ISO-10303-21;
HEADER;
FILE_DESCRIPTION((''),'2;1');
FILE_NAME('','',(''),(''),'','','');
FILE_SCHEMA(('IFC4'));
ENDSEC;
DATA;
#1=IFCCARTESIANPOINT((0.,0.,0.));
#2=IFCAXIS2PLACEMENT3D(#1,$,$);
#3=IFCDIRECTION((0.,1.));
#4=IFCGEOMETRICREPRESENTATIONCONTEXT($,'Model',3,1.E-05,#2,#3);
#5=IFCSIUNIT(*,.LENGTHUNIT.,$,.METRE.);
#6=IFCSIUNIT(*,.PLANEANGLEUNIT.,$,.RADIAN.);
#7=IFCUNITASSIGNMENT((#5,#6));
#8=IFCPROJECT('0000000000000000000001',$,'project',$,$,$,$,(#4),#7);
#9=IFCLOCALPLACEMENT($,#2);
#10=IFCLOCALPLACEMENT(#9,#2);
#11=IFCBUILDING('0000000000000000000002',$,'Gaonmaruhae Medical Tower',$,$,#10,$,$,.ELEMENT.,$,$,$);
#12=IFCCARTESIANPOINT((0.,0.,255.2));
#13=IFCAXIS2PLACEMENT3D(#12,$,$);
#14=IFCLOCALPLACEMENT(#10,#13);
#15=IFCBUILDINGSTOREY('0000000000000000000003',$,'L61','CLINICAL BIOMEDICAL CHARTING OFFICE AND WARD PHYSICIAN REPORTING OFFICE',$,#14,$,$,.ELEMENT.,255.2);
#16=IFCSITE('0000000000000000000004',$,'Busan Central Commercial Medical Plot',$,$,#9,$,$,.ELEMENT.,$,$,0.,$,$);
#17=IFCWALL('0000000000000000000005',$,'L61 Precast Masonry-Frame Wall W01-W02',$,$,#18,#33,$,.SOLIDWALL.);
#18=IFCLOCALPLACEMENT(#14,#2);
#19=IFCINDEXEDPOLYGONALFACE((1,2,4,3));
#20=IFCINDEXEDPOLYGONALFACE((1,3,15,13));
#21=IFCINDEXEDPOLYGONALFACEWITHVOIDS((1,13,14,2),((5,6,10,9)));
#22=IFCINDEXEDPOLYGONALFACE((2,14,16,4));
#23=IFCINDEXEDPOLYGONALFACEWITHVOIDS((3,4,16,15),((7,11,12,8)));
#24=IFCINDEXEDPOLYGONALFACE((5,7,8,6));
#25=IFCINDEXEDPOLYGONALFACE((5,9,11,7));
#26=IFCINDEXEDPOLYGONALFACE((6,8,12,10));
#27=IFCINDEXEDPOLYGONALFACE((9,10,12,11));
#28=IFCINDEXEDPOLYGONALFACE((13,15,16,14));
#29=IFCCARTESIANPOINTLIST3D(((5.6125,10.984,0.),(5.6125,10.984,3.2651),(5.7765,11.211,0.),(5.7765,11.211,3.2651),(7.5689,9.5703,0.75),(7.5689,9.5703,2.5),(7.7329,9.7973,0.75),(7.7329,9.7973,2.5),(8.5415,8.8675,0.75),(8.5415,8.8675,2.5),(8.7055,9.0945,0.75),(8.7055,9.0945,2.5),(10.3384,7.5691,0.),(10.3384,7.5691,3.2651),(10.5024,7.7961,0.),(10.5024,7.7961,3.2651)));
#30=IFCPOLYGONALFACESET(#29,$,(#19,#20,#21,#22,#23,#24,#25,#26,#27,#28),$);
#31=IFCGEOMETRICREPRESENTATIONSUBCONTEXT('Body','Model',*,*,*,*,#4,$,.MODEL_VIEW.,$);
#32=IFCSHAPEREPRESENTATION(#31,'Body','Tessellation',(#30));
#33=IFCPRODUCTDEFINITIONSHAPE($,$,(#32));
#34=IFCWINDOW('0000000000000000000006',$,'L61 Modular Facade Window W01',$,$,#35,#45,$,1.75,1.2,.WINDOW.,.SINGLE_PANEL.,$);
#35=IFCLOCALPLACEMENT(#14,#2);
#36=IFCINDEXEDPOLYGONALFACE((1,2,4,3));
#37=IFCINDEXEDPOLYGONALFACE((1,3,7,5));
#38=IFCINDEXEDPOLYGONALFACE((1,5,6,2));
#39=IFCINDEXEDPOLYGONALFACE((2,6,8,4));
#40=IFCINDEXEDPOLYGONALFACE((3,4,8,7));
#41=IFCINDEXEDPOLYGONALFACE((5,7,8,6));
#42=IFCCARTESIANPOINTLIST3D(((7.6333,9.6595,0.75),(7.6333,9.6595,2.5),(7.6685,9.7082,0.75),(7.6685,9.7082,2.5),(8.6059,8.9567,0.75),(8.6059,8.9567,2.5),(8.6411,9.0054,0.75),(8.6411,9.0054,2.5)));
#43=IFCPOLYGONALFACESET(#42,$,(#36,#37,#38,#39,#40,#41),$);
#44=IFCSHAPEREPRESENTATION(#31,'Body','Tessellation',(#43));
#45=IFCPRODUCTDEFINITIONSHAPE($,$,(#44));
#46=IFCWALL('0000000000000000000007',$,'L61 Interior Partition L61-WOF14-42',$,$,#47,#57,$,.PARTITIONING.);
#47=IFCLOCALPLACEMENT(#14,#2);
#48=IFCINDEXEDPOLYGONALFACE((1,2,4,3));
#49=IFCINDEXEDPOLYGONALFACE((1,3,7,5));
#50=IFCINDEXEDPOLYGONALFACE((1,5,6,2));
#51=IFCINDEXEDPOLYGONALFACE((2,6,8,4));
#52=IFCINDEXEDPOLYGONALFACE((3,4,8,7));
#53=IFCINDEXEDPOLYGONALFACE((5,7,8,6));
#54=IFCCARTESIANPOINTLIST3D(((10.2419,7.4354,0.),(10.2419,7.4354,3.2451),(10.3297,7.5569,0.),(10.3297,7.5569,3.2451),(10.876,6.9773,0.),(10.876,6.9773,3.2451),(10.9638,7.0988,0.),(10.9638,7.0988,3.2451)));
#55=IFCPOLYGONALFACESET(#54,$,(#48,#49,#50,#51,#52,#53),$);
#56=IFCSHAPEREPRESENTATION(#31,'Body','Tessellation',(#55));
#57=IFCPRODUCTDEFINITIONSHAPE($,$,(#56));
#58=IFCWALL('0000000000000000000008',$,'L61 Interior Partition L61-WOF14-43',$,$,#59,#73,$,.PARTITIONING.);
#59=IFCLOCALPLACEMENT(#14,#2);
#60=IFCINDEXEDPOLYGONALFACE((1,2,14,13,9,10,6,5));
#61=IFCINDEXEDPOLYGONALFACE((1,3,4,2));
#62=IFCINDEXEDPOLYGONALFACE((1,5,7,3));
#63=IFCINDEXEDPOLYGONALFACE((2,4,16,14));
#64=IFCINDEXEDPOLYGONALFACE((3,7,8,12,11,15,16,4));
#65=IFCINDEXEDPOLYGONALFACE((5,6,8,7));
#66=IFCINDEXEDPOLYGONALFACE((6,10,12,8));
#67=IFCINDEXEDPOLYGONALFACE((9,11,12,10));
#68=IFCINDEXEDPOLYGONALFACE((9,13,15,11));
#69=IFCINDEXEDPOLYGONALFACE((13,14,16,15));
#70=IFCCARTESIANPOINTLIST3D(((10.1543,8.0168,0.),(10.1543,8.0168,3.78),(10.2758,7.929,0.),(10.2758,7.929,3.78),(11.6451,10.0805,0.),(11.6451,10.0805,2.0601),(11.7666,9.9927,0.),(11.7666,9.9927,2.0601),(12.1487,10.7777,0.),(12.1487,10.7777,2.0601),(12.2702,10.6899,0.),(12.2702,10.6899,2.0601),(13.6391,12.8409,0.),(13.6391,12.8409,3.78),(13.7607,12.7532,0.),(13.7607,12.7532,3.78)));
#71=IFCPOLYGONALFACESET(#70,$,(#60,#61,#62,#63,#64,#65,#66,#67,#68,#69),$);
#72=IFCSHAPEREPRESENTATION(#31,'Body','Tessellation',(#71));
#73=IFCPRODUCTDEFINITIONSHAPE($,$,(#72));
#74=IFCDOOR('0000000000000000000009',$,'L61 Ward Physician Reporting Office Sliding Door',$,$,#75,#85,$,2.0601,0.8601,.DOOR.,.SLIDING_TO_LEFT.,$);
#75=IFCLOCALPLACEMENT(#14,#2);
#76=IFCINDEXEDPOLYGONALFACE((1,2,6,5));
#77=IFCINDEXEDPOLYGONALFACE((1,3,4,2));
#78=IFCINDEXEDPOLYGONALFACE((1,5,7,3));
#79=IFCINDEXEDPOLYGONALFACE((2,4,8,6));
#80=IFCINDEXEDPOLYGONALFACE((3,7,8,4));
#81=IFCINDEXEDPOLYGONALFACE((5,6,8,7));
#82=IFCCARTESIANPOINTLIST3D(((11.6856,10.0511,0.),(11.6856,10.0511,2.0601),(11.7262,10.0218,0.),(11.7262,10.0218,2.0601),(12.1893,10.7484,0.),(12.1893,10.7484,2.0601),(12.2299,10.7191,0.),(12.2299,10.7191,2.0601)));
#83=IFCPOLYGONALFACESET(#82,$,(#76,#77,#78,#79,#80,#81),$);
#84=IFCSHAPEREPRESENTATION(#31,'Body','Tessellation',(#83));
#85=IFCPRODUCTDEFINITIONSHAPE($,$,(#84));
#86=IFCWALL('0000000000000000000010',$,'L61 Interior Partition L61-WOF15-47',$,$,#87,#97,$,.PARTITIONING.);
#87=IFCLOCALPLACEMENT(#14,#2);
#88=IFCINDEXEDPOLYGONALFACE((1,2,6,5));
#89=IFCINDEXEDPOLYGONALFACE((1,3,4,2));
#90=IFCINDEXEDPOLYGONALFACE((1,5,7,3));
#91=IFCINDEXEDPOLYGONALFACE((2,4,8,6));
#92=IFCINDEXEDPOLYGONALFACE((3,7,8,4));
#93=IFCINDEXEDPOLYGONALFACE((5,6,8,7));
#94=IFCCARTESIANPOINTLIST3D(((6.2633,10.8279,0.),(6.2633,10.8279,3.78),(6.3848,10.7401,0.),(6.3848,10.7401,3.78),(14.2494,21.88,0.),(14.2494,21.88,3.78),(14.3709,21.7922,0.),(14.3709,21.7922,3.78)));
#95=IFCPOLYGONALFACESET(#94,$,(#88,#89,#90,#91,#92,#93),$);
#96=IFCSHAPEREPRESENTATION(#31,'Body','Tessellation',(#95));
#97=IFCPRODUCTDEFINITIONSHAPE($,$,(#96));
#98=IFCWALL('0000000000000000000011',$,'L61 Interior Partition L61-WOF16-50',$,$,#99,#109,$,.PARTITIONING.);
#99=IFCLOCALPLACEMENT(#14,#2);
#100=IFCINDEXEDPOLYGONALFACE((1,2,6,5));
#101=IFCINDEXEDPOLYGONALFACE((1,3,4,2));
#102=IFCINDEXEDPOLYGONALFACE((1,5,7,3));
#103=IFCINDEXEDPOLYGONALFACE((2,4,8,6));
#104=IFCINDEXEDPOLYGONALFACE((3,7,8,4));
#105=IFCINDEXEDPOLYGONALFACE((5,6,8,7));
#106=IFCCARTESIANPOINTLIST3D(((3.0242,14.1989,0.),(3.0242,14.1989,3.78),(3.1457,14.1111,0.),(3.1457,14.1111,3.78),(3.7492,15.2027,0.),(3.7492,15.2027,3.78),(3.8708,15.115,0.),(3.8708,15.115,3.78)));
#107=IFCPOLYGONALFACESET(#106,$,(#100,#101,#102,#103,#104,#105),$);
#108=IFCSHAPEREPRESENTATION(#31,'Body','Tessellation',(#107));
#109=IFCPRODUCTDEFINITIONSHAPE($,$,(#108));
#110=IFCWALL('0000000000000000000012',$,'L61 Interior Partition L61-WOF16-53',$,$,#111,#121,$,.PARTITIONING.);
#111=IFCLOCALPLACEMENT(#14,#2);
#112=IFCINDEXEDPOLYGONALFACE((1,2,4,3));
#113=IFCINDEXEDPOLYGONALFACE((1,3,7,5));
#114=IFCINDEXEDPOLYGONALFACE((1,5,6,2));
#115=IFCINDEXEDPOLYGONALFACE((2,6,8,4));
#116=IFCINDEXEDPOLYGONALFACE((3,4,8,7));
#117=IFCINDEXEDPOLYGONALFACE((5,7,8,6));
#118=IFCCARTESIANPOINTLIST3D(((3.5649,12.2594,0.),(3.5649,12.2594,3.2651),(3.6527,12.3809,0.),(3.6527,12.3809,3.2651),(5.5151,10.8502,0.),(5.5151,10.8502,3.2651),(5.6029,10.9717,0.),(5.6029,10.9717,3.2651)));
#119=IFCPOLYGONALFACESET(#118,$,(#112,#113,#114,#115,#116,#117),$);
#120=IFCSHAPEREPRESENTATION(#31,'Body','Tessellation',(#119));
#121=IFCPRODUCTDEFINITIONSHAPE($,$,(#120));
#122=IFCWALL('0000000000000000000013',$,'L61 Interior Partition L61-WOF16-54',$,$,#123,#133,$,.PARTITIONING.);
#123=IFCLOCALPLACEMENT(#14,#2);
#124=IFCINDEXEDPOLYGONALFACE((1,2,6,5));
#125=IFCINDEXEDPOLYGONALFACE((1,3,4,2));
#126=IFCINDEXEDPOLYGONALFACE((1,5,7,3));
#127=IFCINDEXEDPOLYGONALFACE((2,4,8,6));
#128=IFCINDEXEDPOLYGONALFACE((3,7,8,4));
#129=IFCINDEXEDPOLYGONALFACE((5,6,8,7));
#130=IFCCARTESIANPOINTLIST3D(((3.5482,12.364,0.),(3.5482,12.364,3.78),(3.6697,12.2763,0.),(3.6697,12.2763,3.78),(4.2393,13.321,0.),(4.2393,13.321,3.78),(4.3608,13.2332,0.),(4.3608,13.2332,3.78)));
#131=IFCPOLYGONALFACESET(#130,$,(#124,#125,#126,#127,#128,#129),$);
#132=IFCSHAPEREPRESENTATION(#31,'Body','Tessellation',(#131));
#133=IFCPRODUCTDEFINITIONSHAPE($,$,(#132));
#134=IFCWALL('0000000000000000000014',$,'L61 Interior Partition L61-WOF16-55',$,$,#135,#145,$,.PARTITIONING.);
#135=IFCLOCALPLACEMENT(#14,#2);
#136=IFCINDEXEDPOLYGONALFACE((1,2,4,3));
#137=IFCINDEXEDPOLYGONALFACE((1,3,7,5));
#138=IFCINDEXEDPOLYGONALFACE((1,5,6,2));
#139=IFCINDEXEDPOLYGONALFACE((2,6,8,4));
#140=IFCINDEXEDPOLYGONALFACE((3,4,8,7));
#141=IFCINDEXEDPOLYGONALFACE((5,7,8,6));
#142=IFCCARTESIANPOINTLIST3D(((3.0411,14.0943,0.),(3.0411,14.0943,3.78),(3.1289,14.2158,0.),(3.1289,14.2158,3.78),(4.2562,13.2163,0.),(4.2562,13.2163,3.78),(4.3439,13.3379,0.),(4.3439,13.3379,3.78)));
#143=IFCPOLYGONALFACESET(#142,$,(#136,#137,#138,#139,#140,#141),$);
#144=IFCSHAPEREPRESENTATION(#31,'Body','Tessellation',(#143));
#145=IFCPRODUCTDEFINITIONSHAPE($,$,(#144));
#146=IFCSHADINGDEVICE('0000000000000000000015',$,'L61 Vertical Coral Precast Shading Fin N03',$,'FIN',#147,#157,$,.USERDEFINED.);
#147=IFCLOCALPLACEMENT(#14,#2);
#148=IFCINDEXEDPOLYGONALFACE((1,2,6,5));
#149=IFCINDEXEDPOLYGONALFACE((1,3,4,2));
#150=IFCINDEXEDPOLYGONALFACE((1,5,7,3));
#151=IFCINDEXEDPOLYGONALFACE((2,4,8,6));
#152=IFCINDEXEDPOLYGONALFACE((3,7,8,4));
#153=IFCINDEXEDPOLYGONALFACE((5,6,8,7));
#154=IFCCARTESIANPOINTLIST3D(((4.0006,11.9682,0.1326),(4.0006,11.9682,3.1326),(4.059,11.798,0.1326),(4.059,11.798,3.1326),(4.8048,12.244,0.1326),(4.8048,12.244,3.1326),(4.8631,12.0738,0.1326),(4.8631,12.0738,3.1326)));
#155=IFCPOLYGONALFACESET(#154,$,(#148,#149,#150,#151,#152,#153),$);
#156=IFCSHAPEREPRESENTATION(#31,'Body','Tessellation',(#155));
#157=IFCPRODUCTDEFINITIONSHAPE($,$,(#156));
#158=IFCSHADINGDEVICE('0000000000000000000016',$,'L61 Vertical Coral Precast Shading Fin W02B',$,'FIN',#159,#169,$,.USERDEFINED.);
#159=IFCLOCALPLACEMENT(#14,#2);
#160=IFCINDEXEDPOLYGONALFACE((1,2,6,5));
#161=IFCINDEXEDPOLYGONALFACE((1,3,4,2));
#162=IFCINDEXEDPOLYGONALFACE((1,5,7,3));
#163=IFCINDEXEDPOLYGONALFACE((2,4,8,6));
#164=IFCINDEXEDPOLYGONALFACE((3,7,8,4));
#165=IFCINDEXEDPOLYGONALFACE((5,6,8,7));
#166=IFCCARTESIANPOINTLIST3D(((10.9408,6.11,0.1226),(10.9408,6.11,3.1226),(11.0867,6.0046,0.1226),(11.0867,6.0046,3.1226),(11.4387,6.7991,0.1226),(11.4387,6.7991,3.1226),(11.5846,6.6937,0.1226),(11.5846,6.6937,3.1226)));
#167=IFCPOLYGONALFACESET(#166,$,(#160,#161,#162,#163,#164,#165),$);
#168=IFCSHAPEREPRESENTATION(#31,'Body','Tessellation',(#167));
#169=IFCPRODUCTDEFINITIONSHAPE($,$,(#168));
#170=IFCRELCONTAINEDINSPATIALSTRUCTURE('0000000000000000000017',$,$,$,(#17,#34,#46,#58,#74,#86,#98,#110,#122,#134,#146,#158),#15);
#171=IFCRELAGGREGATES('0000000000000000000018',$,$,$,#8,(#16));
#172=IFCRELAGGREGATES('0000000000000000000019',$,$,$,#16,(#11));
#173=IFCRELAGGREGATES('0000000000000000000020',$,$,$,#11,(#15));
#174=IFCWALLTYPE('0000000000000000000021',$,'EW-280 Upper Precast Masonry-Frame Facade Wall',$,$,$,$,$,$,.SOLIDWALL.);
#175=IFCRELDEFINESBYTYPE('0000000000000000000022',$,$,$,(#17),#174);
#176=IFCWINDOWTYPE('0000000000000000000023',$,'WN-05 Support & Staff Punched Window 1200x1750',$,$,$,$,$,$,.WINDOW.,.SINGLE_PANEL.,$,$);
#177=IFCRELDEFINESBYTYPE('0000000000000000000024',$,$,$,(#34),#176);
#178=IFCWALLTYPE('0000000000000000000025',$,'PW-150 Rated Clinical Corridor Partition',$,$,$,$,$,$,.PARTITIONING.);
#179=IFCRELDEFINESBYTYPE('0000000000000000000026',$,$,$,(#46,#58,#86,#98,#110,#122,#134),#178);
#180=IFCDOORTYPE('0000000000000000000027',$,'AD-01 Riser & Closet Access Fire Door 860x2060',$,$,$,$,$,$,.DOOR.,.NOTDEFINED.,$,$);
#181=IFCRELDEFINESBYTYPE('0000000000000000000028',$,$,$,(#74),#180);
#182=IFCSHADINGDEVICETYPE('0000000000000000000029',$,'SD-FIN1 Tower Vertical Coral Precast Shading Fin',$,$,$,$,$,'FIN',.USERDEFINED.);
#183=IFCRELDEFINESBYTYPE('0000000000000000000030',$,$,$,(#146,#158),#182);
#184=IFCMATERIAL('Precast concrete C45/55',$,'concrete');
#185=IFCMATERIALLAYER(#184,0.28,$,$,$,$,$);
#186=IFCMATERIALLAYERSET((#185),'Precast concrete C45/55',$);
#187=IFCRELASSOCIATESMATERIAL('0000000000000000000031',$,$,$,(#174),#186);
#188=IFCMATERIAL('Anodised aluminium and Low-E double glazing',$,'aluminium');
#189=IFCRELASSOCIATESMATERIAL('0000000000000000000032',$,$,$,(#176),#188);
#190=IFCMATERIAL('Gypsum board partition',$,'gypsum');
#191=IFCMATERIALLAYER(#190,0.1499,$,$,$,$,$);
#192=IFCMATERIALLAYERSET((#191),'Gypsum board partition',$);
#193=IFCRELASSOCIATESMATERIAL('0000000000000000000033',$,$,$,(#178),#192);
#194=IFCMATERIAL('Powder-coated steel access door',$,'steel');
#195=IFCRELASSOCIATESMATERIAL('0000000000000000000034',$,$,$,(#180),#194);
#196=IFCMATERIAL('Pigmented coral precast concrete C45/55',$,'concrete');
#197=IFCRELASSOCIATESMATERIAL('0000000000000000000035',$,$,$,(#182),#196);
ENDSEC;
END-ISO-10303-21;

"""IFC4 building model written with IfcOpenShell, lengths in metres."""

from ifc_helpers import new_model, si_unit, direction, frame, frame_2d, origin, origin_2d, place, context, subcontext, project, spatial, rectangle, extrude, material, layer, layer_set, type_object, element, fill, save


model = new_model("IFC4")

# Units and contexts
model_context = context("Model", 3, precision=1e-05, world=origin(), true_north=direction((0.0, 1.0)))
body_context = subcontext(model_context, "Body", "Model", "MODEL_VIEW")
ifc_project = project(units=[si_unit("LENGTHUNIT", "METRE"), si_unit("PLANEANGLEUNIT", "RADIAN")], contexts=[model_context])

# Site, building, storey
site_placement = place(None, origin())
site = spatial("IfcSite", under=ifc_project, at=site_placement, Name="Busan Central Commercial Medical Plot", CompositionType="ELEMENT", RefElevation=0.0)
building_placement = place(site_placement, origin())
building = spatial("IfcBuilding", under=site, at=building_placement, Name="Gaonmaruhae Medical Tower", CompositionType="ELEMENT")
storey_placement = place(building_placement, frame((0.0, 0.0, 255.2)))
storey = spatial("IfcBuildingStorey", under=building, at=storey_placement, Name="L61", Description="CLINICAL BIOMEDICAL CHARTING OFFICE AND WARD PHYSICIAN REPORTING OFFICE", CompositionType="ELEMENT", Elevation=255.2)

# Shared definitions
ifc_material_1 = material(Name="Precast concrete C45/55", Category="concrete")
ifc_layer_1 = layer(ifc_material_1, 0.28)
ifc_layer_set_1 = layer_set([ifc_layer_1], Name="Precast concrete C45/55")
wall_type_1 = type_object("IfcWallType", Name="EW-280 Upper Precast Masonry-Frame Facade Wall", PredefinedType="SOLIDWALL", material=ifc_layer_set_1)

# Wall, opening, window
wall_1_placement = place(storey_placement, frame((10.4204, 7.6826, 0.0), z_axis=(0.0, 0.0, 1.0), x_axis=(-0.810541, 0.585682, 0.0)))
wall_1 = element("IfcWall", 1, at=wall_1_placement, inside=storey, type_object=wall_type_1, Name="L61 Precast Masonry-Frame Wall W01-W02", PredefinedType="SOLIDWALL", context=body_context, shape_type="SweptSolid", body=[
    extrude(rectangle(XDim=5.8306, YDim=0.28, at=frame_2d((2.9153, 0.0))), origin(), (0.0, 0.0, 1.0), 3.2651),
])
opening_1_placement = place(wall_1_placement, frame((2.2168, 0.0, 0.75)))
opening_1 = element("IfcOpeningElement", 2, at=opening_1_placement, cuts=wall_1, PredefinedType="OPENING", context=body_context, shape_type="SweptSolid", body=[
    extrude(rectangle(XDim=1.2, YDim=1.75, at=frame_2d((0.6001, 0.875))), frame((0.0, 0.1499, 0.0), z_axis=(0.0, -1.0, 0.0), x_axis=(1.0, 0.0, 0.0)), (0.0, 0.0, 1.0), 0.3),
])
ifc_material_2 = material(Name="Anodised aluminium and Low-E double glazing", Category="aluminium")
window_type = type_object("IfcWindowType", Name="WN-05 Support & Staff Punched Window 1200x1750", PartitioningType="SINGLE_PANEL", PredefinedType="WINDOW", material=ifc_material_2)
window_placement = place(opening_1_placement, origin())
window = element("IfcWindow", 3, at=window_placement, inside=storey, type_object=window_type, Name="L61 Modular Facade Window W01", OverallHeight=1.75, OverallWidth=1.2, PartitioningType="SINGLE_PANEL", PredefinedType="WINDOW", context=body_context, shape_type="SweptSolid", body=[
    extrude(rectangle(XDim=1.2, YDim=1.75, at=frame_2d((0.6001, 0.875))), frame((0.0, 0.03, 0.0), z_axis=(0.0, -1.0, 0.0), x_axis=(1.0, 0.0, 0.0)), (0.0, 0.0, 1.0), 0.0601),
])
fill(opening_1, window)

# Wall
ifc_material_3 = material(Name="Gypsum board partition", Category="gypsum")
ifc_layer_2 = layer(ifc_material_3, 0.1499)
ifc_layer_set_2 = layer_set([ifc_layer_2], Name="Gypsum board partition")
wall_type_2 = type_object("IfcWallType", Name="PW-150 Rated Clinical Corridor Partition", PredefinedType="PARTITIONING", material=ifc_layer_set_2)
wall_2_placement = place(storey_placement, frame((10.9199, 7.0381, 0.0), z_axis=(0.0, 0.0, 1.0), x_axis=(-0.810622, 0.58557, 0.0)))
element("IfcWall", 4, at=wall_2_placement, inside=storey, type_object=wall_type_2, Name="L61 Interior Partition L61-WOF14-42", PredefinedType="PARTITIONING", context=body_context, shape_type="SweptSolid", body=[
    extrude(rectangle(XDim=0.7822, YDim=0.1499, at=frame_2d((0.3911, 0.0))), origin(), (0.0, 0.0, 1.0), 3.2451),
])

# Wall, opening, door
wall_3_placement = place(storey_placement, frame((10.2151, 7.9729, 0.0), z_axis=(0.0, 0.0, 1.0), x_axis=(0.585568, 0.810623, 0.0)))
wall_3 = element("IfcWall", 5, at=wall_3_placement, inside=storey, type_object=wall_type_2, Name="L61 Interior Partition L61-WOF14-43", PredefinedType="PARTITIONING", context=body_context, shape_type="SweptSolid", body=[
    extrude(rectangle(XDim=5.9512, YDim=0.1499, at=frame_2d((2.9756, 0.0))), origin(), (0.0, 0.0, 1.0), 3.78),
])
opening_2_placement = place(wall_3_placement, frame((2.5457, 0.0, 0.0)))
opening_2 = element("IfcOpeningElement", 6, at=opening_2_placement, cuts=wall_3, PredefinedType="OPENING", context=body_context, shape_type="SweptSolid", body=[
    extrude(rectangle(XDim=0.8601, YDim=2.0601, at=frame_2d((0.4302, 1.03))), frame((0.0, 0.085, 0.0), z_axis=(0.0, -1.0, 0.0), x_axis=(1.0, 0.0, 0.0)), (0.0, 0.0, 1.0), 0.1699),
])
ifc_material_4 = material(Name="Powder-coated steel access door", Category="steel")
door_type = type_object("IfcDoorType", Name="AD-01 Riser & Closet Access Fire Door 860x2060", OperationType="NOTDEFINED", PredefinedType="DOOR", material=ifc_material_4)
door_placement = place(opening_2_placement, origin())
door = element("IfcDoor", 7, at=door_placement, inside=storey, type_object=door_type, Name="L61 Ward Physician Reporting Office Sliding Door", OperationType="SLIDING_TO_LEFT", OverallHeight=2.0601, OverallWidth=0.8601, PredefinedType="DOOR", context=body_context, shape_type="SweptSolid", body=[
    extrude(rectangle(XDim=0.8601, YDim=2.0601, at=frame_2d((0.4302, 1.03))), frame((0.0, 0.0249, 0.0), z_axis=(0.0, -1.0, 0.0), x_axis=(1.0, 0.0, 0.0)), (0.0, 0.0, 1.0), 0.05),
])
fill(opening_2, door)

# Walls
wall_4_placement = place(storey_placement, frame((6.324, 10.7839, 0.0), z_axis=(0.0, 0.0, 1.0), x_axis=(0.585687, 0.810537, 0.0)))
element("IfcWall", 8, at=wall_4_placement, inside=storey, type_object=wall_type_2, Name="L61 Interior Partition L61-WOF15-47", PredefinedType="PARTITIONING", context=body_context, shape_type="SweptSolid", body=[
    extrude(rectangle(XDim=13.6355, YDim=0.1499, at=frame_2d((6.8179, 0.0))), origin(), (0.0, 0.0, 1.0), 3.78),
])
wall_5_placement = place(storey_placement, frame((3.085, 14.155, 0.0), z_axis=(0.0, 0.0, 1.0), x_axis=(0.585519, 0.810658, 0.0)))
element("IfcWall", 9, at=wall_5_placement, inside=storey, type_object=wall_type_2, Name="L61 Interior Partition L61-WOF16-50", PredefinedType="PARTITIONING", context=body_context, shape_type="SweptSolid", body=[
    extrude(rectangle(XDim=1.2383, YDim=0.1499, at=frame_2d((0.6191, 0.0))), origin(), (0.0, 0.0, 1.0), 3.78),
])
wall_6_placement = place(storey_placement, frame((5.5591, 10.9109, 0.0), z_axis=(0.0, 0.0, 1.0), x_axis=(-0.81054, 0.585683, 0.0)))
element("IfcWall", 10, at=wall_6_placement, inside=storey, type_object=wall_type_2, Name="L61 Interior Partition L61-WOF16-53", PredefinedType="PARTITIONING", context=body_context, shape_type="SweptSolid", body=[
    extrude(rectangle(XDim=2.406, YDim=0.1499, at=frame_2d((1.2031, 0.0))), origin(), (0.0, 0.0, 1.0), 3.2651),
])
wall_7_placement = place(storey_placement, frame((3.6089, 12.3201, 0.0), z_axis=(0.0, 0.0, 1.0), x_axis=(0.585475, 0.81069, 0.0)))
element("IfcWall", 11, at=wall_7_placement, inside=storey, type_object=wall_type_2, Name="L61 Interior Partition L61-WOF16-54", PredefinedType="PARTITIONING", context=body_context, shape_type="SweptSolid", body=[
    extrude(rectangle(XDim=1.1804, YDim=0.1499, at=frame_2d((0.5903, 0.0))), origin(), (0.0, 0.0, 1.0), 3.78),
])
wall_8_placement = place(storey_placement, frame((4.3, 13.2771, 0.0), z_axis=(0.0, 0.0, 1.0), x_axis=(-0.810563, 0.585651, 0.0)))
element("IfcWall", 12, at=wall_8_placement, inside=storey, type_object=wall_type_2, Name="L61 Interior Partition L61-WOF16-55", PredefinedType="PARTITIONING", context=body_context, shape_type="SweptSolid", body=[
    extrude(rectangle(XDim=1.499, YDim=0.1499, at=frame_2d((0.7495, 0.0))), origin(), (0.0, 0.0, 1.0), 3.78),
])

# Shading devices
ifc_material_5 = material(Name="Pigmented coral precast concrete C45/55", Category="concrete")
shading_device_type = type_object("IfcShadingDeviceType", Name="SD-FIN1 Tower Vertical Coral Precast Shading Fin", ElementType="FIN", PredefinedType="USERDEFINED", material=ifc_material_5)
for number, where, z_axis, x_axis, name in (
    (13, (4.4319, 12.021, 0.1326), (0.0, 0.0, 1.0), (-0.324446, 0.945904, 0.0), "L61 Vertical Coral Precast Shading Fin N03"),
    (14, (11.2627, 6.4019, 0.1226), (0.0, 0.0, 1.0), (-0.810553, 0.585665, 0.0), "L61 Vertical Coral Precast Shading Fin W02B"),
):
    element("IfcShadingDevice", number, at=place(storey_placement, frame(where, z_axis=z_axis, x_axis=x_axis)), inside=storey, type_object=shading_device_type, Name=name, ObjectType="FIN", PredefinedType="USERDEFINED", context=body_context, shape_type="SweptSolid", body=[
        extrude(rectangle(XDim=0.1799, YDim=0.8501, at=origin_2d()), origin(), (0.0, 0.0, 1.0), 3.0),
    ])

save(model, "model.ifc")
